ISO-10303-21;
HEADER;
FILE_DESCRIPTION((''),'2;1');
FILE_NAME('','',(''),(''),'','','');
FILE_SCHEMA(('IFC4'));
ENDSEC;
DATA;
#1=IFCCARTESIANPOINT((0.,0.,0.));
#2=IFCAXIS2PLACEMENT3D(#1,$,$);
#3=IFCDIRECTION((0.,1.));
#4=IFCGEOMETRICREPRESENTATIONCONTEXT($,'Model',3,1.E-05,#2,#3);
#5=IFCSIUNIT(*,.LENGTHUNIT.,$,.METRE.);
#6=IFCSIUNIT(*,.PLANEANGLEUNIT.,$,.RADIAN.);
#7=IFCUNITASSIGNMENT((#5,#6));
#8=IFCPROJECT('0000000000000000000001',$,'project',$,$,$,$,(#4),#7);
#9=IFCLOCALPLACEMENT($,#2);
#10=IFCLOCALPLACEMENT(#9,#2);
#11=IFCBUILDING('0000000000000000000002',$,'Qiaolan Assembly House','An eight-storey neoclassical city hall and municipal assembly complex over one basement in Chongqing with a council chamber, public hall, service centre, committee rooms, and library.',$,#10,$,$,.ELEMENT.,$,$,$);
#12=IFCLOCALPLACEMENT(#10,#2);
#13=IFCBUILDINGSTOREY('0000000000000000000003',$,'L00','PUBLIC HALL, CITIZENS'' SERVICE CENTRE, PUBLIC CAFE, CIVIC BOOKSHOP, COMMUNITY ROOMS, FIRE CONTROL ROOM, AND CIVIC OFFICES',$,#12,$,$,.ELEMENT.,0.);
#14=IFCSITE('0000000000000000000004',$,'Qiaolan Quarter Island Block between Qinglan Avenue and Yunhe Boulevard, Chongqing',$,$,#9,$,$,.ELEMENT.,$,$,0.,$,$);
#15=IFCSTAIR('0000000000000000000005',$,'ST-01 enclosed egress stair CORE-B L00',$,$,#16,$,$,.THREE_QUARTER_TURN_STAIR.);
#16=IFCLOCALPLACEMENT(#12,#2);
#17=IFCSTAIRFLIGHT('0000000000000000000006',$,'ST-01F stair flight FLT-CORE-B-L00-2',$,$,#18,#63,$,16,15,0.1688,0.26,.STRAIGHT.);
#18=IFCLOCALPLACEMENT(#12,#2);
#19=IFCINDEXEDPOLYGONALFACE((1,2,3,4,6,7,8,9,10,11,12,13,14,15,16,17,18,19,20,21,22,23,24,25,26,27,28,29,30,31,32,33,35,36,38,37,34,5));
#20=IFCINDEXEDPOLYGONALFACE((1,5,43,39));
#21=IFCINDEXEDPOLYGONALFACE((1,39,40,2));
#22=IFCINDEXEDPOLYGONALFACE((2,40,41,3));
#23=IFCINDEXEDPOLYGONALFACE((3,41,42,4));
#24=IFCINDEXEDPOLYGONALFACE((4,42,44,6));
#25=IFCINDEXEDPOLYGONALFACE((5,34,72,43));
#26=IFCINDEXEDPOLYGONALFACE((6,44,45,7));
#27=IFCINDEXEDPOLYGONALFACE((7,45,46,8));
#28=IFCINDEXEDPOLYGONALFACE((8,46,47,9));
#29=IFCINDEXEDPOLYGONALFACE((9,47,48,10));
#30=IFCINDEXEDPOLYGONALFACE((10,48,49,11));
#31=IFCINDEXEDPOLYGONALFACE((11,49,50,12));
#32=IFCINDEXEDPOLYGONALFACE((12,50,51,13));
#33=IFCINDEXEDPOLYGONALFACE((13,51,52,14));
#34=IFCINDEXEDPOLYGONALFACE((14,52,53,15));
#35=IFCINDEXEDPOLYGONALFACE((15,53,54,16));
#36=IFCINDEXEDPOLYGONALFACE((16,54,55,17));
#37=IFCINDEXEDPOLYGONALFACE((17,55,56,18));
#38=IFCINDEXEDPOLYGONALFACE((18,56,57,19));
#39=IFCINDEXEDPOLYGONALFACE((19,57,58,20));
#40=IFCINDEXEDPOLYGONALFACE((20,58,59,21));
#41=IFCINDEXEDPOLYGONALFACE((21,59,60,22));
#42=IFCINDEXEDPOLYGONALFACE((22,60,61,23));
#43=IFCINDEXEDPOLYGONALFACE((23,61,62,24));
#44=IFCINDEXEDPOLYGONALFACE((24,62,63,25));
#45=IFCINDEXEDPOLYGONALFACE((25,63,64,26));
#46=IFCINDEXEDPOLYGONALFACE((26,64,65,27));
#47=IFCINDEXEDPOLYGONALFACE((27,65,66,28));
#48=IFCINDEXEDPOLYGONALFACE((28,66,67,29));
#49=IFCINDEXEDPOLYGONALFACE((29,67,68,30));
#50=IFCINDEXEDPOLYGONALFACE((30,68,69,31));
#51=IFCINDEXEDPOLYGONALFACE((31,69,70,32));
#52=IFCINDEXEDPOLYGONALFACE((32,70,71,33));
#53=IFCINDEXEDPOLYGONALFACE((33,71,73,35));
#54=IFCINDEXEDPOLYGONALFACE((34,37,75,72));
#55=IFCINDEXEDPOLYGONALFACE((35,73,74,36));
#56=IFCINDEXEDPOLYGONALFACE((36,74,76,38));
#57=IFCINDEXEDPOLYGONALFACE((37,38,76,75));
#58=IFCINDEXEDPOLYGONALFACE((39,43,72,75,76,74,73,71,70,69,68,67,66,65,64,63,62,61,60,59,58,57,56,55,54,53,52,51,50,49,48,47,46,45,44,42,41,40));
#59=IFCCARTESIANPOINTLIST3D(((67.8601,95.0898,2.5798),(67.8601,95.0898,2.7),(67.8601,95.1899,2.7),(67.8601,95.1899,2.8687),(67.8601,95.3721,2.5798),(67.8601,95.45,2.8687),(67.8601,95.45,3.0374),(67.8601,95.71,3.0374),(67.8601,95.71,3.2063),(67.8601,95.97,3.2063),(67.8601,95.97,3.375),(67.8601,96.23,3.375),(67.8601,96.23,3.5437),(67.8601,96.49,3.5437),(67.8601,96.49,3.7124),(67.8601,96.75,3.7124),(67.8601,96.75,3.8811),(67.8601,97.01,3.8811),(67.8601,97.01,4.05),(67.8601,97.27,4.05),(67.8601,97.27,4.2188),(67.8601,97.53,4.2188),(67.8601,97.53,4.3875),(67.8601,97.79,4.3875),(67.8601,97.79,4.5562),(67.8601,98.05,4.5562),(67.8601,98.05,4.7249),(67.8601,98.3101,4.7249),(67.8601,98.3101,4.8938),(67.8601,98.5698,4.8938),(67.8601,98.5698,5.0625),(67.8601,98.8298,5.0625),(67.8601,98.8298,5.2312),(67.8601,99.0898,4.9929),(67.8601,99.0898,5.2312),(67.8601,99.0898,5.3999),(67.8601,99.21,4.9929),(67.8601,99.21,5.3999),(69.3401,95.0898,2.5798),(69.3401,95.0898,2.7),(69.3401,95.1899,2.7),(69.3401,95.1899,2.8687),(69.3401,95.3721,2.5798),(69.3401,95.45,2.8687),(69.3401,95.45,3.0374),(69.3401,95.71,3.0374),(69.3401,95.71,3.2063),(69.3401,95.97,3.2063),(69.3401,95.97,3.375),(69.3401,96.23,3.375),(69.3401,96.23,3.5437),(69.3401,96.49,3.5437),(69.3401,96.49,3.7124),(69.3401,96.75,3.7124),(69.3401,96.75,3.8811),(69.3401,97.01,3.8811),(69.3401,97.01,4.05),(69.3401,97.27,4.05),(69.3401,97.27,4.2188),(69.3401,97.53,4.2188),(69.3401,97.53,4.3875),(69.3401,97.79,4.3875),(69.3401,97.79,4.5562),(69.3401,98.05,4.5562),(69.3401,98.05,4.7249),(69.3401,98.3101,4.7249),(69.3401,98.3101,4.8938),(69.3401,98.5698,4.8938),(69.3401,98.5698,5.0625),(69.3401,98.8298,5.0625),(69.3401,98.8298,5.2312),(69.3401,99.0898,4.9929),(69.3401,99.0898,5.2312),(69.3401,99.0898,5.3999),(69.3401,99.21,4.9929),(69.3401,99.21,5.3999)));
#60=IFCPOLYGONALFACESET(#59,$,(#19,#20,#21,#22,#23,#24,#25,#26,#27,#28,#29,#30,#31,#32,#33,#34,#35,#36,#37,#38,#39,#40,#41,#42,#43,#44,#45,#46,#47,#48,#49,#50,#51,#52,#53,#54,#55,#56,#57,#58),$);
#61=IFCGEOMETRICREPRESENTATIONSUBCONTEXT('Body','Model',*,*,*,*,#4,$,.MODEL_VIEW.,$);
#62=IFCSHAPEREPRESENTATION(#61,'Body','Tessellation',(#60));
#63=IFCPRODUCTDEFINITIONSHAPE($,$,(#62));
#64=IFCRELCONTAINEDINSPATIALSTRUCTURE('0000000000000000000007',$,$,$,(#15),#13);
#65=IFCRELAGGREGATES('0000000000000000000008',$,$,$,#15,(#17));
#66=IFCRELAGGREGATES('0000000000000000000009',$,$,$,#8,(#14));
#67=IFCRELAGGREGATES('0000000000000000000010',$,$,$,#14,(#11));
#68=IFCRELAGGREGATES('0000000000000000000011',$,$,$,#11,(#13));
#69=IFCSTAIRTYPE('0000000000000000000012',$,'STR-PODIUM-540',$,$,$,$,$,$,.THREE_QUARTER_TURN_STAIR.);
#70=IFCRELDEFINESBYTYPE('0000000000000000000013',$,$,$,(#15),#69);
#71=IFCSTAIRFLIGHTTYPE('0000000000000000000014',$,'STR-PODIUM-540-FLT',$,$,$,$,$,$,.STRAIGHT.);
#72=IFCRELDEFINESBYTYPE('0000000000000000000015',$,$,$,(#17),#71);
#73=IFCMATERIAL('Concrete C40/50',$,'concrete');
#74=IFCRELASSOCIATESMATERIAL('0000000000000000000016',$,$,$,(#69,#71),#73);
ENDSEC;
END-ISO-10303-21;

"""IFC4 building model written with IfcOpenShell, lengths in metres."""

from ifc_helpers import new_model, si_unit, direction, frame, origin, place, context, subcontext, project, spatial, polyline, outline, extrude, material, type_object, element, aggregate, save


model = new_model("IFC4")

# Units and contexts
model_context = context("Model", 3, precision=1e-05, world=origin(), true_north=direction((0.0, 1.0)))
body_context = subcontext(model_context, "Body", "Model", "MODEL_VIEW")
ifc_project = project(units=[si_unit("LENGTHUNIT", "METRE"), si_unit("PLANEANGLEUNIT", "RADIAN")], contexts=[model_context])

# Site, building, storey
site_placement = place(None, origin())
site = spatial("IfcSite", under=ifc_project, at=site_placement, Name="Qiaolan Quarter Island Block between Qinglan Avenue and Yunhe Boulevard, Chongqing", CompositionType="ELEMENT", RefElevation=0.0)
building_placement = place(site_placement, origin())
building = spatial("IfcBuilding", under=site, at=building_placement, Name="Qiaolan Assembly House", Description="An eight-storey neoclassical city hall and municipal assembly complex over one basement in Chongqing with a council chamber, public hall, service centre, committee rooms, and library.", CompositionType="ELEMENT")
storey_placement = place(building_placement, origin())
storey = spatial("IfcBuildingStorey", under=building, at=storey_placement, Name="L00", Description="PUBLIC HALL, CITIZENS' SERVICE CENTRE, PUBLIC CAFE, CIVIC BOOKSHOP, COMMUNITY ROOMS, FIRE CONTROL ROOM, AND CIVIC OFFICES", CompositionType="ELEMENT", Elevation=0.0)

# Shared definitions
ifc_material_1 = material(Name="Concrete C40/50", Category="concrete")

# Stair, stair flight
stair_type = type_object("IfcStairType", Name="STR-PODIUM-540", PredefinedType="THREE_QUARTER_TURN_STAIR", material=ifc_material_1)
stair_placement = place(storey_placement, origin())
stair = element("IfcStair", 1, at=stair_placement, inside=storey, type_object=stair_type, Name="ST-01 enclosed egress stair CORE-B L00", PredefinedType="THREE_QUARTER_TURN_STAIR")
stair_flight_type = type_object("IfcStairFlightType", Name="STR-PODIUM-540-FLT", PredefinedType="STRAIGHT", material=ifc_material_1)
stair_flight_1_placement = place(storey_placement, frame((68.6001, 95.1899, 2.7), z_axis=(0.0, 0.0, 1.0), x_axis=(0.0, 1.0, 0.0)))
stair_flight_1 = element("IfcStairFlight", 2, at=stair_flight_1_placement, type_object=stair_flight_type, Name="ST-01F stair flight FLT-CORE-B-L00-2", NumberOfRisers=16, NumberOfTreads=15, PredefinedType="STRAIGHT", RiserHeight=0.1688, TreadLength=0.26, context=body_context, shape_type="SweptSolid", body=[
    extrude(outline(polyline([(-0.1001, -0.1201), (-0.1001, 0.0), (0.0, 0.0), (0.0, 0.1687), (0.26, 0.1687), (0.26, 0.3374), (0.52, 0.3374), (0.52, 0.5063), (0.78, 0.5063), (0.78, 0.675), (1.04, 0.675), (1.04, 0.8438), (1.3, 0.8438), (1.3, 1.0125), (1.5601, 1.0125), (1.5601, 1.1812), (1.8201, 1.1812), (1.8201, 1.3501), (2.0801, 1.3501), (2.0801, 1.5188), (2.3401, 1.5188), (2.3401, 1.6875), (2.6001, 1.6875), (2.6001, 1.8562), (2.8601, 1.8562), (2.8601, 2.0249), (3.1201, 2.0249), (3.1201, 2.1938), (3.3799, 2.1938), (3.3799, 2.3625), (3.6399, 2.3625), (3.6399, 2.5312), (3.8999, 2.5312), (3.8999, 2.7), (4.02, 2.7), (4.02, 2.293), (3.8999, 2.293), (0.1821, -0.1201), (-0.1001, -0.1201)])), frame((0.0, 0.74, 0.0), z_axis=(0.0, -1.0, 0.0), x_axis=(1.0, 0.0, 0.0)), (0.0, 0.0, 1.0), 1.48),
])
aggregate(stair, [stair_flight_1])

save(model, "model.ifc")
